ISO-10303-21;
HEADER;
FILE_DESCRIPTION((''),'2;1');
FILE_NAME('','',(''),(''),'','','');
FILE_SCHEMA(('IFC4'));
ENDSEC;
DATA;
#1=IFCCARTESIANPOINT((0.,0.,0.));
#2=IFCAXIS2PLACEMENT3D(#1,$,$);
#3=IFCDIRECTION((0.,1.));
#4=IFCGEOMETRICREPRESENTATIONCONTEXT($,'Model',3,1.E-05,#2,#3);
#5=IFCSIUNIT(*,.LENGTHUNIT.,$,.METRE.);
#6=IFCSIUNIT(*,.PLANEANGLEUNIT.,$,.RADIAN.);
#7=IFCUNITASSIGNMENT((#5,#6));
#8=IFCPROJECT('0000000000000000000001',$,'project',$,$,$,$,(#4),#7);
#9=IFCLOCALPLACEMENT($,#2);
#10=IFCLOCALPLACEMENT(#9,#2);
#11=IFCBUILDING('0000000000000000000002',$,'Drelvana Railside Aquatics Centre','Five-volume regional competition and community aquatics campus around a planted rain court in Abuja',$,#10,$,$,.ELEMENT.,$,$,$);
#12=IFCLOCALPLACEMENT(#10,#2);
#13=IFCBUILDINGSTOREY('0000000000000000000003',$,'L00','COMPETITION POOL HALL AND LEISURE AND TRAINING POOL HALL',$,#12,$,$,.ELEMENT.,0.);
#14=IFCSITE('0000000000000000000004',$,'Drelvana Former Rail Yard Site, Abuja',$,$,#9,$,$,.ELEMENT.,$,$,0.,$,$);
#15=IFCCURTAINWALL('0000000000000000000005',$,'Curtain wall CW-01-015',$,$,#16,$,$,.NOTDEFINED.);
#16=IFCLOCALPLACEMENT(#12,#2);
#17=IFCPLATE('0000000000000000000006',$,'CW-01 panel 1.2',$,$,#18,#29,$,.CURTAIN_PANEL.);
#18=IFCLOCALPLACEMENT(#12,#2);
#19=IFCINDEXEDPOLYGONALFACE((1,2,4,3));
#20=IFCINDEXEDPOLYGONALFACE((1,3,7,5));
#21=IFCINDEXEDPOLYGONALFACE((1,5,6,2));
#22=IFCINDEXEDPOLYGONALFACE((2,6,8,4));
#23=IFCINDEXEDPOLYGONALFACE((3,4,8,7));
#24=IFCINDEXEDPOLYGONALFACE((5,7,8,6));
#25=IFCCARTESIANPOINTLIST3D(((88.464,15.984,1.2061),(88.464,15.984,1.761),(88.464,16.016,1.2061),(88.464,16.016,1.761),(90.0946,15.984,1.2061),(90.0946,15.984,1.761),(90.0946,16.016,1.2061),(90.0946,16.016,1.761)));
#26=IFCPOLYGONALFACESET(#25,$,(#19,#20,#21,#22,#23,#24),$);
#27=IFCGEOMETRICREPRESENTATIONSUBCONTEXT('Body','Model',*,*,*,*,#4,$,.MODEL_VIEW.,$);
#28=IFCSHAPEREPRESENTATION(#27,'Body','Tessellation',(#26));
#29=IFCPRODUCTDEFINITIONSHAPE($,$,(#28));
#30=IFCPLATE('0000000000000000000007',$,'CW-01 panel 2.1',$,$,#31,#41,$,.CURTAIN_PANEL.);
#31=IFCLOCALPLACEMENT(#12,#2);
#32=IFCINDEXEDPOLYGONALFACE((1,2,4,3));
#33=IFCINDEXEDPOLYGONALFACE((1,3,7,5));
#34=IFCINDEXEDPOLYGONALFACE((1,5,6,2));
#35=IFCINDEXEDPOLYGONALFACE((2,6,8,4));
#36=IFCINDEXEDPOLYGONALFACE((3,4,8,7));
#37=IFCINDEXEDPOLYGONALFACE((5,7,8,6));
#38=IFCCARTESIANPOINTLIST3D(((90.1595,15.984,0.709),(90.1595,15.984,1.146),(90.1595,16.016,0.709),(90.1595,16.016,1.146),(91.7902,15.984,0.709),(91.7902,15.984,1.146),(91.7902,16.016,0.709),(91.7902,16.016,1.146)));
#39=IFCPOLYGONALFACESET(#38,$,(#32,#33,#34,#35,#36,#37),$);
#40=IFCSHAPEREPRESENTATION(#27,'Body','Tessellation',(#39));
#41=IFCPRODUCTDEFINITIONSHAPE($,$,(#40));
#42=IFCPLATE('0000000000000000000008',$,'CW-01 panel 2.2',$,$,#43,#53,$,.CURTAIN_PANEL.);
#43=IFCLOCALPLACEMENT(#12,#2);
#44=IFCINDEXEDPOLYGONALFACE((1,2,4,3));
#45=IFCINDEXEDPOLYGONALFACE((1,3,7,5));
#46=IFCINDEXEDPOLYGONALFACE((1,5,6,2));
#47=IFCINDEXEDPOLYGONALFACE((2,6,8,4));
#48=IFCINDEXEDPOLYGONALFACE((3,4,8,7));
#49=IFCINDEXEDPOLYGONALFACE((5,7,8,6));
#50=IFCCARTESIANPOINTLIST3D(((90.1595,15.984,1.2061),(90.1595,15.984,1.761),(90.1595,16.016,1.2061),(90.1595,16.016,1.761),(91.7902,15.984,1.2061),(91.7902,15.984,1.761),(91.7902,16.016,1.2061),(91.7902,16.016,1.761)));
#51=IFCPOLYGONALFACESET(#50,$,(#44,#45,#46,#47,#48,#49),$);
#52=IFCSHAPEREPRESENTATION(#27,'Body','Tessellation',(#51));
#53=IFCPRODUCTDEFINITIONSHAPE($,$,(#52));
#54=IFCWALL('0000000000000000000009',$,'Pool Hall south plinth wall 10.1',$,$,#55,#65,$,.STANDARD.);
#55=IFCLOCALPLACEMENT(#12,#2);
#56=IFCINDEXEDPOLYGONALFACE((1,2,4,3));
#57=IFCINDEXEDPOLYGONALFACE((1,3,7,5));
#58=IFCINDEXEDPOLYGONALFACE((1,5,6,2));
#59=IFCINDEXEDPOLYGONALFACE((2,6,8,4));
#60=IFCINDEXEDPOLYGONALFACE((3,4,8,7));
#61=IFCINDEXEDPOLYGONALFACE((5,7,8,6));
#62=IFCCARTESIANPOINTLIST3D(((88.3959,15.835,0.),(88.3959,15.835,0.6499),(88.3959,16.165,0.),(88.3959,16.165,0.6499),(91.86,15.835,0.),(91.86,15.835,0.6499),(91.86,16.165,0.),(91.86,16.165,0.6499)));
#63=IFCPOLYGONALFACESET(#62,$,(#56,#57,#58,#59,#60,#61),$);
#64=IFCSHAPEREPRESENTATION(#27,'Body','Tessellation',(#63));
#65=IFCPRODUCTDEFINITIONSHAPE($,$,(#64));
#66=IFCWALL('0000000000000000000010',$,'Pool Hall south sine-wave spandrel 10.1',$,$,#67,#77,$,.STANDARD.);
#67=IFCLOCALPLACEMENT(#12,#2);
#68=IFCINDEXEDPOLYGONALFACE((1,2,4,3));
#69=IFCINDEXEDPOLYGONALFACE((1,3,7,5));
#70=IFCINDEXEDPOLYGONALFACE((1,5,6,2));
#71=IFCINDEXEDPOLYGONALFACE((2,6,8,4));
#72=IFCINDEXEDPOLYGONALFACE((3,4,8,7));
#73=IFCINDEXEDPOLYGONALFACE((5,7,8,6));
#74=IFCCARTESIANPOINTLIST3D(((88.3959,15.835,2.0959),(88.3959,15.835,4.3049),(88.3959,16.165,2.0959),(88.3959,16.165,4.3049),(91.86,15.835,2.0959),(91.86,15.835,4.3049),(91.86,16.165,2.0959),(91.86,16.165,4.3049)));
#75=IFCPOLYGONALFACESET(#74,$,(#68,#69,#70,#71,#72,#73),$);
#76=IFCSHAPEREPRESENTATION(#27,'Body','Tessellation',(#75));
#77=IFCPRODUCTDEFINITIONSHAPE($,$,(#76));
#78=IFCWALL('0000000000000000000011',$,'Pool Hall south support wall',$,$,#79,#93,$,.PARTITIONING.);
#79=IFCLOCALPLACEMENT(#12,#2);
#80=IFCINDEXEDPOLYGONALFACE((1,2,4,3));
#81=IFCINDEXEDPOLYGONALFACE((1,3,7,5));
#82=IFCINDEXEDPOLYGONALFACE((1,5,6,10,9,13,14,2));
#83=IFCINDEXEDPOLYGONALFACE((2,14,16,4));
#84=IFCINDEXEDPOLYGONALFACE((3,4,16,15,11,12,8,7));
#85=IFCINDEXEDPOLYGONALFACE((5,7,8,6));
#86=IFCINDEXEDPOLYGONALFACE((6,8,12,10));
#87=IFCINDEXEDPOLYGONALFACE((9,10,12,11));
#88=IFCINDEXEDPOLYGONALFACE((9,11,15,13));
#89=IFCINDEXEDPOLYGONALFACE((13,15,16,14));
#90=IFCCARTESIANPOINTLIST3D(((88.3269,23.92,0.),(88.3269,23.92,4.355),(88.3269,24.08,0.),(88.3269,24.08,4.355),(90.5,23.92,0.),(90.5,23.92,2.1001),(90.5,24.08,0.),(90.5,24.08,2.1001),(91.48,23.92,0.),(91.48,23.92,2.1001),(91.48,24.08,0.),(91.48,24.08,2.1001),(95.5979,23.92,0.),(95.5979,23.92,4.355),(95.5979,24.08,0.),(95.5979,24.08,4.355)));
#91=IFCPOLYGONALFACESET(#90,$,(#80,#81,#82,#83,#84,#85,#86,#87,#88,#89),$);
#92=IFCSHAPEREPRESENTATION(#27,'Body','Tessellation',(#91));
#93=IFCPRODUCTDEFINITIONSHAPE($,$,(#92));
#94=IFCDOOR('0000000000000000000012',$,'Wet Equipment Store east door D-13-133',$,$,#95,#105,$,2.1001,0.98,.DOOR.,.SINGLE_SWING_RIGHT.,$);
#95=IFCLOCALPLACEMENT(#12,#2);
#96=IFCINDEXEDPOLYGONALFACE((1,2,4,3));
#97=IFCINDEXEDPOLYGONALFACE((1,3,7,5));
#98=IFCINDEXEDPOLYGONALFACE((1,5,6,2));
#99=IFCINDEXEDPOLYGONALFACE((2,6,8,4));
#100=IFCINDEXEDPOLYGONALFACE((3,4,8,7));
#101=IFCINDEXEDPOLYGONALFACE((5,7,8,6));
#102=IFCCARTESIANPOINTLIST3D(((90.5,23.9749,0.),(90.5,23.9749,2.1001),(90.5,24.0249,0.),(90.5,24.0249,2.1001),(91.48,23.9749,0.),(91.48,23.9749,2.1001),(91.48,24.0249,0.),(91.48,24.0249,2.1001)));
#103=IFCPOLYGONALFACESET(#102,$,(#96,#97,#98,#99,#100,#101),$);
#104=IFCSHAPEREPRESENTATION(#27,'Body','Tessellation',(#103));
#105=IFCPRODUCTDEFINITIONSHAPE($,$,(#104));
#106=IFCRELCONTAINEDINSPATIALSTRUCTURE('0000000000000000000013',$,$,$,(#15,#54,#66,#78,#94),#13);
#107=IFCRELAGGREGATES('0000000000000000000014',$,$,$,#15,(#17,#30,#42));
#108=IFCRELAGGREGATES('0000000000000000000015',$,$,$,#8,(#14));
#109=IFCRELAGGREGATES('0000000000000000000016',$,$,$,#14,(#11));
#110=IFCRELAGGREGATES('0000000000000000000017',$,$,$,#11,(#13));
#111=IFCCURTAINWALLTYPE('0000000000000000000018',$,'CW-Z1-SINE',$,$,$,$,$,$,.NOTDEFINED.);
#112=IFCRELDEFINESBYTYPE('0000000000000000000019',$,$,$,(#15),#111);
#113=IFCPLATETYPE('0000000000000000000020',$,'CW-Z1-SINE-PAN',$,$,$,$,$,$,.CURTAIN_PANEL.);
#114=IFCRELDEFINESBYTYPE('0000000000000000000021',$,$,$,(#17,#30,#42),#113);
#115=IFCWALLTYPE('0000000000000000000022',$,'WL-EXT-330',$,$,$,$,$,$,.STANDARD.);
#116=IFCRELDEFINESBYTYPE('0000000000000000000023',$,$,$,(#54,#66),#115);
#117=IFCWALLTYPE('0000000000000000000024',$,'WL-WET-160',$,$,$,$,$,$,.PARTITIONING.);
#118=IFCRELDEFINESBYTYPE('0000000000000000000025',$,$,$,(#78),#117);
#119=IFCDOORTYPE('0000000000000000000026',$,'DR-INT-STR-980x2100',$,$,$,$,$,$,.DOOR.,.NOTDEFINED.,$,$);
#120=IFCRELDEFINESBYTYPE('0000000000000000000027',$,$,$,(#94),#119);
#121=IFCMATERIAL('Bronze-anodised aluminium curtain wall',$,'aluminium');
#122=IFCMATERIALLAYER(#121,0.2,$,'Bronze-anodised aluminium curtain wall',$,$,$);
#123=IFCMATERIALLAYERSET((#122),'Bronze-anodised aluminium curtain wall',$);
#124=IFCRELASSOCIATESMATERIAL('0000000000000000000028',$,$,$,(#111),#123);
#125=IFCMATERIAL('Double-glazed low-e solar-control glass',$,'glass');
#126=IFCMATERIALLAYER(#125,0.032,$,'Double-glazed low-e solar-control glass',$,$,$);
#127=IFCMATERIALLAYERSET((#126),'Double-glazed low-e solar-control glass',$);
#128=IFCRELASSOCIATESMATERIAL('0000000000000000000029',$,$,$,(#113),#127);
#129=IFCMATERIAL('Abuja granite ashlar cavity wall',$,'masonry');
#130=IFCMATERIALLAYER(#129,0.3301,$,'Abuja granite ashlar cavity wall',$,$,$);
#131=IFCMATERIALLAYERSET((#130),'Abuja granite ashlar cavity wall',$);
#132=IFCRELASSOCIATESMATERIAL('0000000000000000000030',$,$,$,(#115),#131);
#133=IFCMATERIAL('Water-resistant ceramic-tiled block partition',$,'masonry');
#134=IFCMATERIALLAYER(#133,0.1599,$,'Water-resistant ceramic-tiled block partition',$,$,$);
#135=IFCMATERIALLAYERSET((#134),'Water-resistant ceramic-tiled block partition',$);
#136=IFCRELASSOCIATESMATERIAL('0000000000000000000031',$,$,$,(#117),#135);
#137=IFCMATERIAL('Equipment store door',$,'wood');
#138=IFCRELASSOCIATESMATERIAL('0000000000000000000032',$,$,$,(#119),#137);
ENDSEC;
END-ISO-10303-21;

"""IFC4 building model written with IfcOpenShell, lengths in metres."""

from ifc_helpers import new_model, si_unit, direction, frame, frame_2d, origin, origin_2d, place, context, subcontext, project, spatial, rectangle, extrude, material, layer, layer_set, type_object, element, fill, aggregate, save


model = new_model("IFC4")

# Units and contexts
model_context = context("Model", 3, precision=1e-05, world=origin(), true_north=direction((0.0, 1.0)))
body_context = subcontext(model_context, "Body", "Model", "MODEL_VIEW")
ifc_project = project(units=[si_unit("LENGTHUNIT", "METRE"), si_unit("PLANEANGLEUNIT", "RADIAN")], contexts=[model_context])

# Site, building, storey
site_placement = place(None, origin())
site = spatial("IfcSite", under=ifc_project, at=site_placement, Name="Drelvana Former Rail Yard Site, Abuja", CompositionType="ELEMENT", RefElevation=0.0)
building_placement = place(site_placement, origin())
building = spatial("IfcBuilding", under=site, at=building_placement, Name="Drelvana Railside Aquatics Centre", Description="Five-volume regional competition and community aquatics campus around a planted rain court in Abuja", CompositionType="ELEMENT")
storey_placement = place(building_placement, origin())
storey = spatial("IfcBuildingStorey", under=building, at=storey_placement, Name="L00", Description="COMPETITION POOL HALL AND LEISURE AND TRAINING POOL HALL", CompositionType="ELEMENT", Elevation=0.0)

# Curtain wall
ifc_material_1 = material(Name="Bronze-anodised aluminium curtain wall", Category="aluminium")
ifc_layer_1 = layer(ifc_material_1, 0.2, Name="Bronze-anodised aluminium curtain wall")
ifc_layer_set_1 = layer_set([ifc_layer_1], Name="Bronze-anodised aluminium curtain wall")
curtain_wall_type = type_object("IfcCurtainWallType", Name="CW-Z1-SINE", PredefinedType="NOTDEFINED", material=ifc_layer_set_1)
curtain_wall_1_placement = place(storey_placement, origin())
curtain_wall_1 = element("IfcCurtainWall", 1, at=curtain_wall_1_placement, inside=storey, type_object=curtain_wall_type, Name="Curtain wall CW-01-015", PredefinedType="NOTDEFINED")

# Plates
ifc_material_2 = material(Name="Double-glazed low-e solar-control glass", Category="glass")
ifc_layer_2 = layer(ifc_material_2, 0.032, Name="Double-glazed low-e solar-control glass")
ifc_layer_set_2 = layer_set([ifc_layer_2], Name="Double-glazed low-e solar-control glass")
plate_type = type_object("IfcPlateType", Name="CW-Z1-SINE-PAN", PredefinedType="CURTAIN_PANEL", material=ifc_layer_set_2)
plate_1_placement = place(storey_placement, frame((89.2793, 16.0, 1.2061), z_axis=(0.0, 0.0, 1.0), x_axis=(1.0, 0.0, 0.0)))
plate_1 = element("IfcPlate", 2, at=plate_1_placement, type_object=plate_type, Name="CW-01 panel 1.2", PredefinedType="CURTAIN_PANEL", context=body_context, shape_type="SweptSolid", body=[
    extrude(rectangle(XDim=1.6306, YDim=0.032, at=origin_2d()), origin(), (0.0, 0.0, 1.0), 0.5549),
])
plate_2_placement = place(storey_placement, frame((90.9749, 16.0, 0.709), z_axis=(0.0, 0.0, 1.0), x_axis=(1.0, 0.0, 0.0)))
plate_2 = element("IfcPlate", 3, at=plate_2_placement, type_object=plate_type, Name="CW-01 panel 2.1", PredefinedType="CURTAIN_PANEL", context=body_context, shape_type="SweptSolid", body=[
    extrude(rectangle(XDim=1.6306, YDim=0.032, at=origin_2d()), origin(), (0.0, 0.0, 1.0), 0.437),
])
plate_3_placement = place(storey_placement, frame((90.9749, 16.0, 1.2061), z_axis=(0.0, 0.0, 1.0), x_axis=(1.0, 0.0, 0.0)))
plate_3 = element("IfcPlate", 4, at=plate_3_placement, type_object=plate_type, Name="CW-01 panel 2.2", PredefinedType="CURTAIN_PANEL", context=body_context, shape_type="SweptSolid", body=[
    extrude(rectangle(XDim=1.6306, YDim=0.032, at=origin_2d()), origin(), (0.0, 0.0, 1.0), 0.5549),
])
aggregate(curtain_wall_1, [plate_1, plate_2, plate_3])

# Walls
ifc_material_3 = material(Name="Abuja granite ashlar cavity wall", Category="masonry")
ifc_layer_3 = layer(ifc_material_3, 0.3301, Name="Abuja granite ashlar cavity wall")
ifc_layer_set_3 = layer_set([ifc_layer_3], Name="Abuja granite ashlar cavity wall")
wall_type_1 = type_object("IfcWallType", Name="WL-EXT-330", PredefinedType="STANDARD", material=ifc_layer_set_3)
wall_1_placement = place(storey_placement, frame((88.396, 16.0, 0.0), z_axis=(0.0, 0.0, 1.0), x_axis=(1.0, 0.0, 0.0)))
element("IfcWall", 5, at=wall_1_placement, inside=storey, type_object=wall_type_1, Name="Pool Hall south plinth wall 10.1", PredefinedType="STANDARD", context=body_context, shape_type="SweptSolid", body=[
    extrude(rectangle(XDim=3.4641, YDim=0.3301, at=frame_2d((1.7319, 0.0))), origin(), (0.0, 0.0, 1.0), 0.6499),
])
wall_2_placement = place(storey_placement, frame((88.396, 16.0, 2.0959), z_axis=(0.0, 0.0, 1.0), x_axis=(1.0, 0.0, 0.0)))
element("IfcWall", 6, at=wall_2_placement, inside=storey, type_object=wall_type_1, Name="Pool Hall south sine-wave spandrel 10.1", PredefinedType="STANDARD", context=body_context, shape_type="SweptSolid", body=[
    extrude(rectangle(XDim=3.4641, YDim=0.3301, at=frame_2d((1.7319, 0.0))), origin(), (0.0, 0.0, 1.0), 2.209),
])

# Wall, opening, door
ifc_material_4 = material(Name="Water-resistant ceramic-tiled block partition", Category="masonry")
ifc_layer_4 = layer(ifc_material_4, 0.1599, Name="Water-resistant ceramic-tiled block partition")
ifc_layer_set_4 = layer_set([ifc_layer_4], Name="Water-resistant ceramic-tiled block partition")
wall_type_2 = type_object("IfcWallType", Name="WL-WET-160", PredefinedType="PARTITIONING", material=ifc_layer_set_4)
wall_3_placement = place(storey_placement, frame((88.3269, 24.0, 0.0), z_axis=(0.0, 0.0, 1.0), x_axis=(1.0, 0.0, 0.0)))
wall_3 = element("IfcWall", 7, at=wall_3_placement, inside=storey, type_object=wall_type_2, Name="Pool Hall south support wall", PredefinedType="PARTITIONING", context=body_context, shape_type="SweptSolid", body=[
    extrude(rectangle(XDim=7.271, YDim=0.1599, at=frame_2d((3.6355, 0.0))), origin(), (0.0, 0.0, 1.0), 4.355),
])
opening_placement = place(wall_3_placement, frame((2.1731, 0.0, 0.0)))
opening = element("IfcOpeningElement", 8, at=opening_placement, cuts=wall_3, PredefinedType="OPENING", context=body_context, shape_type="SweptSolid", body=[
    extrude(rectangle(XDim=0.98, YDim=2.1001, at=frame_2d((0.49, 1.05))), frame((0.0, 0.0898, 0.0), z_axis=(0.0, -1.0, 0.0), x_axis=(1.0, 0.0, 0.0)), (0.0, 0.0, 1.0), 0.1799),
])
ifc_material_5 = material(Name="Equipment store door", Category="wood")
door_type = type_object("IfcDoorType", Name="DR-INT-STR-980x2100", OperationType="NOTDEFINED", PredefinedType="DOOR", material=ifc_material_5)
door_placement = place(opening_placement, origin())
door = element("IfcDoor", 9, at=door_placement, inside=storey, type_object=door_type, Name="Wet Equipment Store east door D-13-133", OperationType="SINGLE_SWING_RIGHT", OverallHeight=2.1001, OverallWidth=0.98, PredefinedType="DOOR", context=body_context, shape_type="SweptSolid", body=[
    extrude(rectangle(XDim=0.98, YDim=2.1001, at=frame_2d((0.49, 1.05))), frame((0.0, 0.0249, 0.0), z_axis=(0.0, -1.0, 0.0), x_axis=(1.0, 0.0, 0.0)), (0.0, 0.0, 1.0), 0.05),
])
fill(opening, door)

save(model, "model.ifc")
